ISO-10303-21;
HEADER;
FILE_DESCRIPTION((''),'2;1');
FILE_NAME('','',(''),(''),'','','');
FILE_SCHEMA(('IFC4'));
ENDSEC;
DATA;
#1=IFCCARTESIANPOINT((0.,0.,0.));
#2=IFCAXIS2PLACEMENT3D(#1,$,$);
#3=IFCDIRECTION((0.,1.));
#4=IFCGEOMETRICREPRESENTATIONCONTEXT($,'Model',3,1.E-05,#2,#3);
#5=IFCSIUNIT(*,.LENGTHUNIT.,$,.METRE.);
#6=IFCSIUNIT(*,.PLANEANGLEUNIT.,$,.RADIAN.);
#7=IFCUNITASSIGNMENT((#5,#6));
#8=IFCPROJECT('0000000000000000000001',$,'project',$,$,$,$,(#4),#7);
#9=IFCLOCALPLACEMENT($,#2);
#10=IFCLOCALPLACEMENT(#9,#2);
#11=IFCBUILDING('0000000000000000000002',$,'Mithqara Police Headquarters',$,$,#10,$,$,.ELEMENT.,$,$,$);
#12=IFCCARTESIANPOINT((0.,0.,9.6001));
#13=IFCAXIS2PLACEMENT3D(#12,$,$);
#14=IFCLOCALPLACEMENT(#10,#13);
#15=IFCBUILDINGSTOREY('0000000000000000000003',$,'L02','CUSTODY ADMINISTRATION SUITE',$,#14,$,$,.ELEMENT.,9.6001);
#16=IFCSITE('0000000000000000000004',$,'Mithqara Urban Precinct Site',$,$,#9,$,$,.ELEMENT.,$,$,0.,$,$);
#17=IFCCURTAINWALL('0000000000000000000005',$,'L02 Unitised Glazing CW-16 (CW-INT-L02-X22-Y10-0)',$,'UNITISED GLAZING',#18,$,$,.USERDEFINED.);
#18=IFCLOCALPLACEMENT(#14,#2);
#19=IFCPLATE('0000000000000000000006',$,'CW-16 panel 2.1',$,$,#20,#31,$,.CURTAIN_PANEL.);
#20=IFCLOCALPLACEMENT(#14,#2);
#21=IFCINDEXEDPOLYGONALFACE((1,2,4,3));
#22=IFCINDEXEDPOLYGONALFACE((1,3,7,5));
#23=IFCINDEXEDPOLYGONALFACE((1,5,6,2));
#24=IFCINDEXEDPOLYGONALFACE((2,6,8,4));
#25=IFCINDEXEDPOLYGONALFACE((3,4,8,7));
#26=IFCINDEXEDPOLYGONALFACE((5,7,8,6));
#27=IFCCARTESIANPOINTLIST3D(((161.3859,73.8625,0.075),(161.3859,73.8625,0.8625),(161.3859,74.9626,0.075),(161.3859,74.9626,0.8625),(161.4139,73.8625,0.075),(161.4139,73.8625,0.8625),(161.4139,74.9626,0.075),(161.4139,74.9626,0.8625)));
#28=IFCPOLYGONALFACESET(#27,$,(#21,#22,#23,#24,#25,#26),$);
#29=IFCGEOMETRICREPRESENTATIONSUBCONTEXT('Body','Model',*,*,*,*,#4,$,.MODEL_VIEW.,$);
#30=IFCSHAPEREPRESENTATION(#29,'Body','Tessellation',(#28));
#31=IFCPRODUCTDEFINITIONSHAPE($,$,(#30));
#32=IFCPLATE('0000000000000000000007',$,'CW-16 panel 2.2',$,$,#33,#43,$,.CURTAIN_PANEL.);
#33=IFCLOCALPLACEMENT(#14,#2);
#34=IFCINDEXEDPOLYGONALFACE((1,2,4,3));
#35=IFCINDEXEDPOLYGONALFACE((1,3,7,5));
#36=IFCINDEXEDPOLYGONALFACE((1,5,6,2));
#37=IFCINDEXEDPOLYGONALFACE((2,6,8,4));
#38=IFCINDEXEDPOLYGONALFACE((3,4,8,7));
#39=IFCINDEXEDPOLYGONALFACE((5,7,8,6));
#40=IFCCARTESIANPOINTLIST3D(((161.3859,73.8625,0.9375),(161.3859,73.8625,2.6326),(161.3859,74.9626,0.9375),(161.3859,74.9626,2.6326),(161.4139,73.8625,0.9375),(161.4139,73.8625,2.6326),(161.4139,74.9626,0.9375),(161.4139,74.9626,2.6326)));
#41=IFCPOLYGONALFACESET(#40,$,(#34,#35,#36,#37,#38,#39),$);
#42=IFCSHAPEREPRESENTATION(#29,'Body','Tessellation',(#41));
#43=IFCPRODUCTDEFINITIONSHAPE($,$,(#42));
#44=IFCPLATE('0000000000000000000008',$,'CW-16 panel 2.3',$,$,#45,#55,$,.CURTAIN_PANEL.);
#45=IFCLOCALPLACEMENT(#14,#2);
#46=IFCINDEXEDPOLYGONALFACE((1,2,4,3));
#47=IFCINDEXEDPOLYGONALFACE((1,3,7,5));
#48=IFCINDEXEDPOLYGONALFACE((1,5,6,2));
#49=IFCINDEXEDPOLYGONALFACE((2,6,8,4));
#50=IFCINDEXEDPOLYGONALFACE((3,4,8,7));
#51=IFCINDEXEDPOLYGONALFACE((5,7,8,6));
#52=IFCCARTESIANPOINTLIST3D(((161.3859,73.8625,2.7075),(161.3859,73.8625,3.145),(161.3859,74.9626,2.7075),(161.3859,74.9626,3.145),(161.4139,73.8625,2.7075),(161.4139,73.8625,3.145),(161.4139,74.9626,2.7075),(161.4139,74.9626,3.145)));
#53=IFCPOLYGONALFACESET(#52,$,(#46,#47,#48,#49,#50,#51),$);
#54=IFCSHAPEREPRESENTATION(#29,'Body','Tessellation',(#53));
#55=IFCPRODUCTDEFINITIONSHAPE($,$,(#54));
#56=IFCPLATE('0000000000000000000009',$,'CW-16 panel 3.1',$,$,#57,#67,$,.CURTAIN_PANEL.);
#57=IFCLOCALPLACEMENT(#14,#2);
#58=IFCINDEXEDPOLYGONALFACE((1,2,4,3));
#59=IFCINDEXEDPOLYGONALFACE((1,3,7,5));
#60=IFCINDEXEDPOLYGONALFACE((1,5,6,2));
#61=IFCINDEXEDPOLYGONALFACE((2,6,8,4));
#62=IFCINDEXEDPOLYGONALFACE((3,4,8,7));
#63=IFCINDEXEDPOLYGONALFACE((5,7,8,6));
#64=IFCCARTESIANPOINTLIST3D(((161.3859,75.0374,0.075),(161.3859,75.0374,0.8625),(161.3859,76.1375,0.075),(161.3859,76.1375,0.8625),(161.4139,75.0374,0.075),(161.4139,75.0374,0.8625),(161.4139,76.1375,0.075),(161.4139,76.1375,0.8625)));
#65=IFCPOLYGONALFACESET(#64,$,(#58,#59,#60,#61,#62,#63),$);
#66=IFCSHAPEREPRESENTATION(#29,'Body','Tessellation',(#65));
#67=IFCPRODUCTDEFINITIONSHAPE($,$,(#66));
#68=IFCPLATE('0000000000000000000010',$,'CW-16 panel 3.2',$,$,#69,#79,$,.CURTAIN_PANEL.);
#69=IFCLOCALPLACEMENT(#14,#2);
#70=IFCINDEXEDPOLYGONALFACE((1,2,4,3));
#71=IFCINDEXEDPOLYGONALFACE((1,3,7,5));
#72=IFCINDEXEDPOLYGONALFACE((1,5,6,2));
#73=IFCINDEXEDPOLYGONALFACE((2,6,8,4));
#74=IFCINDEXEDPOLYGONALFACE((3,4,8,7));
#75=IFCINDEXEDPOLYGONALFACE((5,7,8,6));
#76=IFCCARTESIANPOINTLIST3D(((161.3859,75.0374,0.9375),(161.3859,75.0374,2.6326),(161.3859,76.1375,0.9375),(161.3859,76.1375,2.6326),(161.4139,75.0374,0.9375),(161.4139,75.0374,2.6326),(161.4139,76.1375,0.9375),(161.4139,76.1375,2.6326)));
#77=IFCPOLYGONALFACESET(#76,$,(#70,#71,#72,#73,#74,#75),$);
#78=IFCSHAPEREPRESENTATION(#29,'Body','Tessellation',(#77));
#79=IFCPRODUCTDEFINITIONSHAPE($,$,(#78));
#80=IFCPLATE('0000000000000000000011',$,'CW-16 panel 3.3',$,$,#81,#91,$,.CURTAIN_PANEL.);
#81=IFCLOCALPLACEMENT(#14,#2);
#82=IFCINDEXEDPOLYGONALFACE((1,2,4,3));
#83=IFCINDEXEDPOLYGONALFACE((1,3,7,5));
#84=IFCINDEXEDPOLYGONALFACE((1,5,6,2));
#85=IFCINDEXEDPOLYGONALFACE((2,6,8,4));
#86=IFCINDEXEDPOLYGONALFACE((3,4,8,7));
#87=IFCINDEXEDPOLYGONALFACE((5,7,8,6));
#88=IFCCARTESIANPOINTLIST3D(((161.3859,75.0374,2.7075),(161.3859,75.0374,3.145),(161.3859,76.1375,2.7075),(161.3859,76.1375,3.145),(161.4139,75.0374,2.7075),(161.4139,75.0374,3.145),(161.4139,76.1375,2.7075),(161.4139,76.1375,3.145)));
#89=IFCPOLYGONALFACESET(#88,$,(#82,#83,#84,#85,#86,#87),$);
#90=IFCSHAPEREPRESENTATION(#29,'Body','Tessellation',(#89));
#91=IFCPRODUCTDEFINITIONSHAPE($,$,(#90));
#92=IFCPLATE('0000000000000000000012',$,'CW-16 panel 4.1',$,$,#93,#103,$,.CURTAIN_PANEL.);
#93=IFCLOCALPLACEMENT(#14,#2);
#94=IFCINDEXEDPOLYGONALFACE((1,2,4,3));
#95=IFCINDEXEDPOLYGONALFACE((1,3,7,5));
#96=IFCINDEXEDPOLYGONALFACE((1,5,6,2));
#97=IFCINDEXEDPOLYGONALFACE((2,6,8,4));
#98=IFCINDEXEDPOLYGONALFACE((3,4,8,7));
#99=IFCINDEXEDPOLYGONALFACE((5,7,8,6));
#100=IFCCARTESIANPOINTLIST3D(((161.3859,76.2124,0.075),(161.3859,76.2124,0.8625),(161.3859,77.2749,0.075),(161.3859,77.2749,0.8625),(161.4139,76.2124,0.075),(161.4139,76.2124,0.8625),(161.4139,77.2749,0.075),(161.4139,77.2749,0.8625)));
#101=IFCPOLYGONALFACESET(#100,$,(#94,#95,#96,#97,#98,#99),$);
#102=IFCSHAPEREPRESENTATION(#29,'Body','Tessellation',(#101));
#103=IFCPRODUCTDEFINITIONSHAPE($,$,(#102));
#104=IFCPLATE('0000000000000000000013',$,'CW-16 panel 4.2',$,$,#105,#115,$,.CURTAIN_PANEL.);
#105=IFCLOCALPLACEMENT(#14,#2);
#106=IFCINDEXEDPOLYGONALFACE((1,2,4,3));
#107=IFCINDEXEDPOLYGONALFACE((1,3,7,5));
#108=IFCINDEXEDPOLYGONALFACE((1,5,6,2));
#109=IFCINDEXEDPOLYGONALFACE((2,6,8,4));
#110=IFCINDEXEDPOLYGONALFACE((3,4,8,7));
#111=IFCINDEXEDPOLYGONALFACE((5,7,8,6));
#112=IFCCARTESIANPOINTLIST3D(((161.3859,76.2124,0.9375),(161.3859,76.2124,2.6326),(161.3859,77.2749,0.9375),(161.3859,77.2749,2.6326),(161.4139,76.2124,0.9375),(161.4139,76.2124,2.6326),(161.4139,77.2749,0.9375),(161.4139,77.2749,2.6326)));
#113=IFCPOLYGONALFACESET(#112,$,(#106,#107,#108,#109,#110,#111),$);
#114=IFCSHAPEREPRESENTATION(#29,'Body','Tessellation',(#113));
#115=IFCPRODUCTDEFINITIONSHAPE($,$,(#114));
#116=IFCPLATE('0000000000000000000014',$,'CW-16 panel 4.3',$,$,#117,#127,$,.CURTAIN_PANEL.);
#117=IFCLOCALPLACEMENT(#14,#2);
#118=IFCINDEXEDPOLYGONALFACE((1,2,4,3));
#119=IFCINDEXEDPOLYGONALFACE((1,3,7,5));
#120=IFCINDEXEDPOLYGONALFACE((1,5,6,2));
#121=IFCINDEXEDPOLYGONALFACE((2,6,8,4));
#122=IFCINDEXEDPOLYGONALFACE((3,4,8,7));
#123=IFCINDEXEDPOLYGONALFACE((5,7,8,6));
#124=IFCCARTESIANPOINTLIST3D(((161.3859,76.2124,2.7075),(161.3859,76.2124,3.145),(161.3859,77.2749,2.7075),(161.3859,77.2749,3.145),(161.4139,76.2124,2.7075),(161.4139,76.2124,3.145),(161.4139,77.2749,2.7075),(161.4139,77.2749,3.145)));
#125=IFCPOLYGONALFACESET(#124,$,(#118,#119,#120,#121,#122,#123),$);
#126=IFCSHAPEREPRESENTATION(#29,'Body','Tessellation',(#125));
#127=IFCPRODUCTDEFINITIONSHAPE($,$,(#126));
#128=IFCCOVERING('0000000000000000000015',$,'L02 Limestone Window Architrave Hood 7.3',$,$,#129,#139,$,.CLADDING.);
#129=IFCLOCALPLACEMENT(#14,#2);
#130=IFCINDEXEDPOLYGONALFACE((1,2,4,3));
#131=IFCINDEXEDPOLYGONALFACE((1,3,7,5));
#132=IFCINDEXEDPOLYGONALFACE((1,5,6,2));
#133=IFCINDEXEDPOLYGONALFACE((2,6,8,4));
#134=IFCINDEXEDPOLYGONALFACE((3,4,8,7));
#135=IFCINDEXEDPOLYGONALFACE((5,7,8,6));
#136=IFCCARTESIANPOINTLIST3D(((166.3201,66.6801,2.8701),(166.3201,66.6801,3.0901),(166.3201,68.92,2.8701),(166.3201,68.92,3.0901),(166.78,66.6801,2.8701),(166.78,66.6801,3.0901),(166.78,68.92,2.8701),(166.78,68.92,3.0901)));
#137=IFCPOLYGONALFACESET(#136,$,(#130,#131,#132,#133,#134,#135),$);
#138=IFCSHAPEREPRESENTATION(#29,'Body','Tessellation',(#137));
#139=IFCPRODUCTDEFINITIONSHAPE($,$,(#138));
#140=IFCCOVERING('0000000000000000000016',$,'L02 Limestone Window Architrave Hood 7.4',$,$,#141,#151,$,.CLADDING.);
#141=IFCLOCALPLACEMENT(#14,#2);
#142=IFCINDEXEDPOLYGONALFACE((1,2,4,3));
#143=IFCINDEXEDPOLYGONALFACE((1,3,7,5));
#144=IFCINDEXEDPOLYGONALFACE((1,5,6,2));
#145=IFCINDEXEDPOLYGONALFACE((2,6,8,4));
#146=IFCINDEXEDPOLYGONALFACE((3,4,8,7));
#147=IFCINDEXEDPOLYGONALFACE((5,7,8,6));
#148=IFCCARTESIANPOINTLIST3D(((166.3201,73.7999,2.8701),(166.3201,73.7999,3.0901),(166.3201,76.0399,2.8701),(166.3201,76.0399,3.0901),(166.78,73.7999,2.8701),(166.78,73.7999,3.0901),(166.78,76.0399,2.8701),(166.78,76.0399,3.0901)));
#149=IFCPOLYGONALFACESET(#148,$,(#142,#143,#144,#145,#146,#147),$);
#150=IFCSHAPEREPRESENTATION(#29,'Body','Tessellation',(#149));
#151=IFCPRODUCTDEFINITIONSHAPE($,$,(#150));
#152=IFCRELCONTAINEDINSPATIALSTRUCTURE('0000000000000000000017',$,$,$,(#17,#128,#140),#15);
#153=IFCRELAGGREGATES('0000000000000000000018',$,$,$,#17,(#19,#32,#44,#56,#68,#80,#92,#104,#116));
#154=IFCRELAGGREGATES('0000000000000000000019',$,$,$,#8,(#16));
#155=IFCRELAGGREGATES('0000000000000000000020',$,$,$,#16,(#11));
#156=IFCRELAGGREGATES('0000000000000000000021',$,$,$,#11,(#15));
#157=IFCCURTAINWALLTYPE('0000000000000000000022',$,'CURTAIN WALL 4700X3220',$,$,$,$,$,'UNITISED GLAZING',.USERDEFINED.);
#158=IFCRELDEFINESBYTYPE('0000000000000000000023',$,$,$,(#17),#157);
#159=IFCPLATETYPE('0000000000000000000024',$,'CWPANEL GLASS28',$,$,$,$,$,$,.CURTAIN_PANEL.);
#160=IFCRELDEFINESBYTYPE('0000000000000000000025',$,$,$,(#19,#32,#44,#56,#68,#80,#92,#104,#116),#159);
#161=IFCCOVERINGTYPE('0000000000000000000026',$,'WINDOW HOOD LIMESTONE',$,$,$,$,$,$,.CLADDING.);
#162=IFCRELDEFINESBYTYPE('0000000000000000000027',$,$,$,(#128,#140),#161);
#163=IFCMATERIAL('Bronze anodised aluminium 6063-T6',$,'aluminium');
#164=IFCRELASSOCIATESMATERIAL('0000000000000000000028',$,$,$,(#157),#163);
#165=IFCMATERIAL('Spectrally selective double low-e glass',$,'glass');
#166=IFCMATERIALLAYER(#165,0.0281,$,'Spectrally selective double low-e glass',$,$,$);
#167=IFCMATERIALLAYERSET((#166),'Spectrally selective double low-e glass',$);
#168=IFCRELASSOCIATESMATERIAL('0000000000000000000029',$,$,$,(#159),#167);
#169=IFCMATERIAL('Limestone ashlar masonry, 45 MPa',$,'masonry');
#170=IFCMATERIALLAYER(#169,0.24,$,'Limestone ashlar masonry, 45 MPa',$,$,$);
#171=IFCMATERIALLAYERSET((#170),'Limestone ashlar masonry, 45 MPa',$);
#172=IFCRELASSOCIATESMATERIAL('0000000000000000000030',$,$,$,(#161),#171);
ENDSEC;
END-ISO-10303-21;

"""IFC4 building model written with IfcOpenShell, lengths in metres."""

from ifc_helpers import new_model, si_unit, direction, frame, origin, origin_2d, place, context, subcontext, project, spatial, rectangle, extrude, material, layer, layer_set, type_object, element, aggregate, save


model = new_model("IFC4")

# Units and contexts
model_context = context("Model", 3, precision=1e-05, world=origin(), true_north=direction((0.0, 1.0)))
body_context = subcontext(model_context, "Body", "Model", "MODEL_VIEW")
ifc_project = project(units=[si_unit("LENGTHUNIT", "METRE"), si_unit("PLANEANGLEUNIT", "RADIAN")], contexts=[model_context])

# Site, building, storey
site_placement = place(None, origin())
site = spatial("IfcSite", under=ifc_project, at=site_placement, Name="Mithqara Urban Precinct Site", CompositionType="ELEMENT", RefElevation=0.0)
building_placement = place(site_placement, origin())
building = spatial("IfcBuilding", under=site, at=building_placement, Name="Mithqara Police Headquarters", CompositionType="ELEMENT")
storey_placement = place(building_placement, frame((0.0, 0.0, 9.6001)))
storey = spatial("IfcBuildingStorey", under=building, at=storey_placement, Name="L02", Description="CUSTODY ADMINISTRATION SUITE", CompositionType="ELEMENT", Elevation=9.6001)

# Shared definitions
ifc_material_1 = material(Name="Bronze anodised aluminium 6063-T6", Category="aluminium")
curtain_wall_type = type_object("IfcCurtainWallType", Name="CURTAIN WALL 4700X3220", ElementType="UNITISED GLAZING", PredefinedType="USERDEFINED", material=ifc_material_1)

# Curtain wall
curtain_wall_1_placement = place(storey_placement, origin())
curtain_wall_1 = element("IfcCurtainWall", 1, at=curtain_wall_1_placement, inside=storey, type_object=curtain_wall_type, Name="L02 Unitised Glazing CW-16 (CW-INT-L02-X22-Y10-0)", ObjectType="UNITISED GLAZING", PredefinedType="USERDEFINED")

# Plates
ifc_material_2 = material(Name="Spectrally selective double low-e glass", Category="glass")
ifc_layer_1 = layer(ifc_material_2, 0.0281, Name="Spectrally selective double low-e glass")
ifc_layer_set_1 = layer_set([ifc_layer_1], Name="Spectrally selective double low-e glass")
plate_type = type_object("IfcPlateType", Name="CWPANEL GLASS28", PredefinedType="CURTAIN_PANEL", material=ifc_layer_set_1)
plate_1_placement = place(storey_placement, frame((161.3999, 74.4126, 0.075), z_axis=(0.0, 0.0, 1.0), x_axis=(0.0, 1.0, 0.0)))
plate_1 = element("IfcPlate", 2, at=plate_1_placement, type_object=plate_type, Name="CW-16 panel 2.1", PredefinedType="CURTAIN_PANEL", context=body_context, shape_type="SweptSolid", body=[
    extrude(rectangle(XDim=1.1001, YDim=0.0281, at=origin_2d()), origin(), (0.0, 0.0, 1.0), 0.7876),
])
plate_2_placement = place(storey_placement, frame((161.3999, 74.4126, 0.9375), z_axis=(0.0, 0.0, 1.0), x_axis=(0.0, 1.0, 0.0)))
plate_2 = element("IfcPlate", 3, at=plate_2_placement, type_object=plate_type, Name="CW-16 panel 2.2", PredefinedType="CURTAIN_PANEL", context=body_context, shape_type="SweptSolid", body=[
    extrude(rectangle(XDim=1.1001, YDim=0.0281, at=origin_2d()), origin(), (0.0, 0.0, 1.0), 1.6951),
])
plate_3_placement = place(storey_placement, frame((161.3999, 74.4126, 2.7075), z_axis=(0.0, 0.0, 1.0), x_axis=(0.0, 1.0, 0.0)))
plate_3 = element("IfcPlate", 4, at=plate_3_placement, type_object=plate_type, Name="CW-16 panel 2.3", PredefinedType="CURTAIN_PANEL", context=body_context, shape_type="SweptSolid", body=[
    extrude(rectangle(XDim=1.1001, YDim=0.0281, at=origin_2d()), origin(), (0.0, 0.0, 1.0), 0.4375),
])
plate_4_placement = place(storey_placement, frame((161.3999, 75.5874, 0.075), z_axis=(0.0, 0.0, 1.0), x_axis=(0.0, 1.0, 0.0)))
plate_4 = element("IfcPlate", 5, at=plate_4_placement, type_object=plate_type, Name="CW-16 panel 3.1", PredefinedType="CURTAIN_PANEL", context=body_context, shape_type="SweptSolid", body=[
    extrude(rectangle(XDim=1.1001, YDim=0.0281, at=origin_2d()), origin(), (0.0, 0.0, 1.0), 0.7876),
])
plate_5_placement = place(storey_placement, frame((161.3999, 75.5874, 0.9375), z_axis=(0.0, 0.0, 1.0), x_axis=(0.0, 1.0, 0.0)))
plate_5 = element("IfcPlate", 6, at=plate_5_placement, type_object=plate_type, Name="CW-16 panel 3.2", PredefinedType="CURTAIN_PANEL", context=body_context, shape_type="SweptSolid", body=[
    extrude(rectangle(XDim=1.1001, YDim=0.0281, at=origin_2d()), origin(), (0.0, 0.0, 1.0), 1.6951),
])
plate_6_placement = place(storey_placement, frame((161.3999, 75.5874, 2.7075), z_axis=(0.0, 0.0, 1.0), x_axis=(0.0, 1.0, 0.0)))
plate_6 = element("IfcPlate", 7, at=plate_6_placement, type_object=plate_type, Name="CW-16 panel 3.3", PredefinedType="CURTAIN_PANEL", context=body_context, shape_type="SweptSolid", body=[
    extrude(rectangle(XDim=1.1001, YDim=0.0281, at=origin_2d()), origin(), (0.0, 0.0, 1.0), 0.4375),
])
plate_7_placement = place(storey_placement, frame((161.3999, 76.7437, 0.075), z_axis=(0.0, 0.0, 1.0), x_axis=(0.0, 1.0, 0.0)))
plate_7 = element("IfcPlate", 8, at=plate_7_placement, type_object=plate_type, Name="CW-16 panel 4.1", PredefinedType="CURTAIN_PANEL", context=body_context, shape_type="SweptSolid", body=[
    extrude(rectangle(XDim=1.0625, YDim=0.0281, at=origin_2d()), origin(), (0.0, 0.0, 1.0), 0.7876),
])
plate_8_placement = place(storey_placement, frame((161.3999, 76.7437, 0.9375), z_axis=(0.0, 0.0, 1.0), x_axis=(0.0, 1.0, 0.0)))
plate_8 = element("IfcPlate", 9, at=plate_8_placement, type_object=plate_type, Name="CW-16 panel 4.2", PredefinedType="CURTAIN_PANEL", context=body_context, shape_type="SweptSolid", body=[
    extrude(rectangle(XDim=1.0625, YDim=0.0281, at=origin_2d()), origin(), (0.0, 0.0, 1.0), 1.6951),
])
plate_9_placement = place(storey_placement, frame((161.3999, 76.7437, 2.7075), z_axis=(0.0, 0.0, 1.0), x_axis=(0.0, 1.0, 0.0)))
plate_9 = element("IfcPlate", 10, at=plate_9_placement, type_object=plate_type, Name="CW-16 panel 4.3", PredefinedType="CURTAIN_PANEL", context=body_context, shape_type="SweptSolid", body=[
    extrude(rectangle(XDim=1.0625, YDim=0.0281, at=origin_2d()), origin(), (0.0, 0.0, 1.0), 0.4375),
])
aggregate(curtain_wall_1, [plate_1, plate_2, plate_3, plate_4, plate_5, plate_6, plate_7, plate_8, plate_9])

# Coverings
ifc_material_3 = material(Name="Limestone ashlar masonry, 45 MPa", Category="masonry")
ifc_layer_2 = layer(ifc_material_3, 0.24, Name="Limestone ashlar masonry, 45 MPa")
ifc_layer_set_2 = layer_set([ifc_layer_2], Name="Limestone ashlar masonry, 45 MPa")
covering_type = type_object("IfcCoveringType", Name="WINDOW HOOD LIMESTONE", PredefinedType="CLADDING", material=ifc_layer_set_2)
for number, where, z_axis, x_axis, name in (
    (11, (166.55, 67.8, 2.8701), (0.0, 0.0, 1.0), (0.0, 1.0, 0.0), "L02 Limestone Window Architrave Hood 7.3"),
    (12, (166.55, 74.9199, 2.8701), (0.0, 0.0, 1.0), (0.0, 1.0, 0.0), "L02 Limestone Window Architrave Hood 7.4"),
):
    element("IfcCovering", number, at=place(storey_placement, frame(where, z_axis=z_axis, x_axis=x_axis)), inside=storey, type_object=covering_type, Name=name, PredefinedType="CLADDING", context=body_context, shape_type="SweptSolid", body=[
        extrude(rectangle(XDim=2.24, YDim=0.46, at=origin_2d()), origin(), (0.0, 0.0, 1.0), 0.22),
    ])

save(model, "model.ifc")
